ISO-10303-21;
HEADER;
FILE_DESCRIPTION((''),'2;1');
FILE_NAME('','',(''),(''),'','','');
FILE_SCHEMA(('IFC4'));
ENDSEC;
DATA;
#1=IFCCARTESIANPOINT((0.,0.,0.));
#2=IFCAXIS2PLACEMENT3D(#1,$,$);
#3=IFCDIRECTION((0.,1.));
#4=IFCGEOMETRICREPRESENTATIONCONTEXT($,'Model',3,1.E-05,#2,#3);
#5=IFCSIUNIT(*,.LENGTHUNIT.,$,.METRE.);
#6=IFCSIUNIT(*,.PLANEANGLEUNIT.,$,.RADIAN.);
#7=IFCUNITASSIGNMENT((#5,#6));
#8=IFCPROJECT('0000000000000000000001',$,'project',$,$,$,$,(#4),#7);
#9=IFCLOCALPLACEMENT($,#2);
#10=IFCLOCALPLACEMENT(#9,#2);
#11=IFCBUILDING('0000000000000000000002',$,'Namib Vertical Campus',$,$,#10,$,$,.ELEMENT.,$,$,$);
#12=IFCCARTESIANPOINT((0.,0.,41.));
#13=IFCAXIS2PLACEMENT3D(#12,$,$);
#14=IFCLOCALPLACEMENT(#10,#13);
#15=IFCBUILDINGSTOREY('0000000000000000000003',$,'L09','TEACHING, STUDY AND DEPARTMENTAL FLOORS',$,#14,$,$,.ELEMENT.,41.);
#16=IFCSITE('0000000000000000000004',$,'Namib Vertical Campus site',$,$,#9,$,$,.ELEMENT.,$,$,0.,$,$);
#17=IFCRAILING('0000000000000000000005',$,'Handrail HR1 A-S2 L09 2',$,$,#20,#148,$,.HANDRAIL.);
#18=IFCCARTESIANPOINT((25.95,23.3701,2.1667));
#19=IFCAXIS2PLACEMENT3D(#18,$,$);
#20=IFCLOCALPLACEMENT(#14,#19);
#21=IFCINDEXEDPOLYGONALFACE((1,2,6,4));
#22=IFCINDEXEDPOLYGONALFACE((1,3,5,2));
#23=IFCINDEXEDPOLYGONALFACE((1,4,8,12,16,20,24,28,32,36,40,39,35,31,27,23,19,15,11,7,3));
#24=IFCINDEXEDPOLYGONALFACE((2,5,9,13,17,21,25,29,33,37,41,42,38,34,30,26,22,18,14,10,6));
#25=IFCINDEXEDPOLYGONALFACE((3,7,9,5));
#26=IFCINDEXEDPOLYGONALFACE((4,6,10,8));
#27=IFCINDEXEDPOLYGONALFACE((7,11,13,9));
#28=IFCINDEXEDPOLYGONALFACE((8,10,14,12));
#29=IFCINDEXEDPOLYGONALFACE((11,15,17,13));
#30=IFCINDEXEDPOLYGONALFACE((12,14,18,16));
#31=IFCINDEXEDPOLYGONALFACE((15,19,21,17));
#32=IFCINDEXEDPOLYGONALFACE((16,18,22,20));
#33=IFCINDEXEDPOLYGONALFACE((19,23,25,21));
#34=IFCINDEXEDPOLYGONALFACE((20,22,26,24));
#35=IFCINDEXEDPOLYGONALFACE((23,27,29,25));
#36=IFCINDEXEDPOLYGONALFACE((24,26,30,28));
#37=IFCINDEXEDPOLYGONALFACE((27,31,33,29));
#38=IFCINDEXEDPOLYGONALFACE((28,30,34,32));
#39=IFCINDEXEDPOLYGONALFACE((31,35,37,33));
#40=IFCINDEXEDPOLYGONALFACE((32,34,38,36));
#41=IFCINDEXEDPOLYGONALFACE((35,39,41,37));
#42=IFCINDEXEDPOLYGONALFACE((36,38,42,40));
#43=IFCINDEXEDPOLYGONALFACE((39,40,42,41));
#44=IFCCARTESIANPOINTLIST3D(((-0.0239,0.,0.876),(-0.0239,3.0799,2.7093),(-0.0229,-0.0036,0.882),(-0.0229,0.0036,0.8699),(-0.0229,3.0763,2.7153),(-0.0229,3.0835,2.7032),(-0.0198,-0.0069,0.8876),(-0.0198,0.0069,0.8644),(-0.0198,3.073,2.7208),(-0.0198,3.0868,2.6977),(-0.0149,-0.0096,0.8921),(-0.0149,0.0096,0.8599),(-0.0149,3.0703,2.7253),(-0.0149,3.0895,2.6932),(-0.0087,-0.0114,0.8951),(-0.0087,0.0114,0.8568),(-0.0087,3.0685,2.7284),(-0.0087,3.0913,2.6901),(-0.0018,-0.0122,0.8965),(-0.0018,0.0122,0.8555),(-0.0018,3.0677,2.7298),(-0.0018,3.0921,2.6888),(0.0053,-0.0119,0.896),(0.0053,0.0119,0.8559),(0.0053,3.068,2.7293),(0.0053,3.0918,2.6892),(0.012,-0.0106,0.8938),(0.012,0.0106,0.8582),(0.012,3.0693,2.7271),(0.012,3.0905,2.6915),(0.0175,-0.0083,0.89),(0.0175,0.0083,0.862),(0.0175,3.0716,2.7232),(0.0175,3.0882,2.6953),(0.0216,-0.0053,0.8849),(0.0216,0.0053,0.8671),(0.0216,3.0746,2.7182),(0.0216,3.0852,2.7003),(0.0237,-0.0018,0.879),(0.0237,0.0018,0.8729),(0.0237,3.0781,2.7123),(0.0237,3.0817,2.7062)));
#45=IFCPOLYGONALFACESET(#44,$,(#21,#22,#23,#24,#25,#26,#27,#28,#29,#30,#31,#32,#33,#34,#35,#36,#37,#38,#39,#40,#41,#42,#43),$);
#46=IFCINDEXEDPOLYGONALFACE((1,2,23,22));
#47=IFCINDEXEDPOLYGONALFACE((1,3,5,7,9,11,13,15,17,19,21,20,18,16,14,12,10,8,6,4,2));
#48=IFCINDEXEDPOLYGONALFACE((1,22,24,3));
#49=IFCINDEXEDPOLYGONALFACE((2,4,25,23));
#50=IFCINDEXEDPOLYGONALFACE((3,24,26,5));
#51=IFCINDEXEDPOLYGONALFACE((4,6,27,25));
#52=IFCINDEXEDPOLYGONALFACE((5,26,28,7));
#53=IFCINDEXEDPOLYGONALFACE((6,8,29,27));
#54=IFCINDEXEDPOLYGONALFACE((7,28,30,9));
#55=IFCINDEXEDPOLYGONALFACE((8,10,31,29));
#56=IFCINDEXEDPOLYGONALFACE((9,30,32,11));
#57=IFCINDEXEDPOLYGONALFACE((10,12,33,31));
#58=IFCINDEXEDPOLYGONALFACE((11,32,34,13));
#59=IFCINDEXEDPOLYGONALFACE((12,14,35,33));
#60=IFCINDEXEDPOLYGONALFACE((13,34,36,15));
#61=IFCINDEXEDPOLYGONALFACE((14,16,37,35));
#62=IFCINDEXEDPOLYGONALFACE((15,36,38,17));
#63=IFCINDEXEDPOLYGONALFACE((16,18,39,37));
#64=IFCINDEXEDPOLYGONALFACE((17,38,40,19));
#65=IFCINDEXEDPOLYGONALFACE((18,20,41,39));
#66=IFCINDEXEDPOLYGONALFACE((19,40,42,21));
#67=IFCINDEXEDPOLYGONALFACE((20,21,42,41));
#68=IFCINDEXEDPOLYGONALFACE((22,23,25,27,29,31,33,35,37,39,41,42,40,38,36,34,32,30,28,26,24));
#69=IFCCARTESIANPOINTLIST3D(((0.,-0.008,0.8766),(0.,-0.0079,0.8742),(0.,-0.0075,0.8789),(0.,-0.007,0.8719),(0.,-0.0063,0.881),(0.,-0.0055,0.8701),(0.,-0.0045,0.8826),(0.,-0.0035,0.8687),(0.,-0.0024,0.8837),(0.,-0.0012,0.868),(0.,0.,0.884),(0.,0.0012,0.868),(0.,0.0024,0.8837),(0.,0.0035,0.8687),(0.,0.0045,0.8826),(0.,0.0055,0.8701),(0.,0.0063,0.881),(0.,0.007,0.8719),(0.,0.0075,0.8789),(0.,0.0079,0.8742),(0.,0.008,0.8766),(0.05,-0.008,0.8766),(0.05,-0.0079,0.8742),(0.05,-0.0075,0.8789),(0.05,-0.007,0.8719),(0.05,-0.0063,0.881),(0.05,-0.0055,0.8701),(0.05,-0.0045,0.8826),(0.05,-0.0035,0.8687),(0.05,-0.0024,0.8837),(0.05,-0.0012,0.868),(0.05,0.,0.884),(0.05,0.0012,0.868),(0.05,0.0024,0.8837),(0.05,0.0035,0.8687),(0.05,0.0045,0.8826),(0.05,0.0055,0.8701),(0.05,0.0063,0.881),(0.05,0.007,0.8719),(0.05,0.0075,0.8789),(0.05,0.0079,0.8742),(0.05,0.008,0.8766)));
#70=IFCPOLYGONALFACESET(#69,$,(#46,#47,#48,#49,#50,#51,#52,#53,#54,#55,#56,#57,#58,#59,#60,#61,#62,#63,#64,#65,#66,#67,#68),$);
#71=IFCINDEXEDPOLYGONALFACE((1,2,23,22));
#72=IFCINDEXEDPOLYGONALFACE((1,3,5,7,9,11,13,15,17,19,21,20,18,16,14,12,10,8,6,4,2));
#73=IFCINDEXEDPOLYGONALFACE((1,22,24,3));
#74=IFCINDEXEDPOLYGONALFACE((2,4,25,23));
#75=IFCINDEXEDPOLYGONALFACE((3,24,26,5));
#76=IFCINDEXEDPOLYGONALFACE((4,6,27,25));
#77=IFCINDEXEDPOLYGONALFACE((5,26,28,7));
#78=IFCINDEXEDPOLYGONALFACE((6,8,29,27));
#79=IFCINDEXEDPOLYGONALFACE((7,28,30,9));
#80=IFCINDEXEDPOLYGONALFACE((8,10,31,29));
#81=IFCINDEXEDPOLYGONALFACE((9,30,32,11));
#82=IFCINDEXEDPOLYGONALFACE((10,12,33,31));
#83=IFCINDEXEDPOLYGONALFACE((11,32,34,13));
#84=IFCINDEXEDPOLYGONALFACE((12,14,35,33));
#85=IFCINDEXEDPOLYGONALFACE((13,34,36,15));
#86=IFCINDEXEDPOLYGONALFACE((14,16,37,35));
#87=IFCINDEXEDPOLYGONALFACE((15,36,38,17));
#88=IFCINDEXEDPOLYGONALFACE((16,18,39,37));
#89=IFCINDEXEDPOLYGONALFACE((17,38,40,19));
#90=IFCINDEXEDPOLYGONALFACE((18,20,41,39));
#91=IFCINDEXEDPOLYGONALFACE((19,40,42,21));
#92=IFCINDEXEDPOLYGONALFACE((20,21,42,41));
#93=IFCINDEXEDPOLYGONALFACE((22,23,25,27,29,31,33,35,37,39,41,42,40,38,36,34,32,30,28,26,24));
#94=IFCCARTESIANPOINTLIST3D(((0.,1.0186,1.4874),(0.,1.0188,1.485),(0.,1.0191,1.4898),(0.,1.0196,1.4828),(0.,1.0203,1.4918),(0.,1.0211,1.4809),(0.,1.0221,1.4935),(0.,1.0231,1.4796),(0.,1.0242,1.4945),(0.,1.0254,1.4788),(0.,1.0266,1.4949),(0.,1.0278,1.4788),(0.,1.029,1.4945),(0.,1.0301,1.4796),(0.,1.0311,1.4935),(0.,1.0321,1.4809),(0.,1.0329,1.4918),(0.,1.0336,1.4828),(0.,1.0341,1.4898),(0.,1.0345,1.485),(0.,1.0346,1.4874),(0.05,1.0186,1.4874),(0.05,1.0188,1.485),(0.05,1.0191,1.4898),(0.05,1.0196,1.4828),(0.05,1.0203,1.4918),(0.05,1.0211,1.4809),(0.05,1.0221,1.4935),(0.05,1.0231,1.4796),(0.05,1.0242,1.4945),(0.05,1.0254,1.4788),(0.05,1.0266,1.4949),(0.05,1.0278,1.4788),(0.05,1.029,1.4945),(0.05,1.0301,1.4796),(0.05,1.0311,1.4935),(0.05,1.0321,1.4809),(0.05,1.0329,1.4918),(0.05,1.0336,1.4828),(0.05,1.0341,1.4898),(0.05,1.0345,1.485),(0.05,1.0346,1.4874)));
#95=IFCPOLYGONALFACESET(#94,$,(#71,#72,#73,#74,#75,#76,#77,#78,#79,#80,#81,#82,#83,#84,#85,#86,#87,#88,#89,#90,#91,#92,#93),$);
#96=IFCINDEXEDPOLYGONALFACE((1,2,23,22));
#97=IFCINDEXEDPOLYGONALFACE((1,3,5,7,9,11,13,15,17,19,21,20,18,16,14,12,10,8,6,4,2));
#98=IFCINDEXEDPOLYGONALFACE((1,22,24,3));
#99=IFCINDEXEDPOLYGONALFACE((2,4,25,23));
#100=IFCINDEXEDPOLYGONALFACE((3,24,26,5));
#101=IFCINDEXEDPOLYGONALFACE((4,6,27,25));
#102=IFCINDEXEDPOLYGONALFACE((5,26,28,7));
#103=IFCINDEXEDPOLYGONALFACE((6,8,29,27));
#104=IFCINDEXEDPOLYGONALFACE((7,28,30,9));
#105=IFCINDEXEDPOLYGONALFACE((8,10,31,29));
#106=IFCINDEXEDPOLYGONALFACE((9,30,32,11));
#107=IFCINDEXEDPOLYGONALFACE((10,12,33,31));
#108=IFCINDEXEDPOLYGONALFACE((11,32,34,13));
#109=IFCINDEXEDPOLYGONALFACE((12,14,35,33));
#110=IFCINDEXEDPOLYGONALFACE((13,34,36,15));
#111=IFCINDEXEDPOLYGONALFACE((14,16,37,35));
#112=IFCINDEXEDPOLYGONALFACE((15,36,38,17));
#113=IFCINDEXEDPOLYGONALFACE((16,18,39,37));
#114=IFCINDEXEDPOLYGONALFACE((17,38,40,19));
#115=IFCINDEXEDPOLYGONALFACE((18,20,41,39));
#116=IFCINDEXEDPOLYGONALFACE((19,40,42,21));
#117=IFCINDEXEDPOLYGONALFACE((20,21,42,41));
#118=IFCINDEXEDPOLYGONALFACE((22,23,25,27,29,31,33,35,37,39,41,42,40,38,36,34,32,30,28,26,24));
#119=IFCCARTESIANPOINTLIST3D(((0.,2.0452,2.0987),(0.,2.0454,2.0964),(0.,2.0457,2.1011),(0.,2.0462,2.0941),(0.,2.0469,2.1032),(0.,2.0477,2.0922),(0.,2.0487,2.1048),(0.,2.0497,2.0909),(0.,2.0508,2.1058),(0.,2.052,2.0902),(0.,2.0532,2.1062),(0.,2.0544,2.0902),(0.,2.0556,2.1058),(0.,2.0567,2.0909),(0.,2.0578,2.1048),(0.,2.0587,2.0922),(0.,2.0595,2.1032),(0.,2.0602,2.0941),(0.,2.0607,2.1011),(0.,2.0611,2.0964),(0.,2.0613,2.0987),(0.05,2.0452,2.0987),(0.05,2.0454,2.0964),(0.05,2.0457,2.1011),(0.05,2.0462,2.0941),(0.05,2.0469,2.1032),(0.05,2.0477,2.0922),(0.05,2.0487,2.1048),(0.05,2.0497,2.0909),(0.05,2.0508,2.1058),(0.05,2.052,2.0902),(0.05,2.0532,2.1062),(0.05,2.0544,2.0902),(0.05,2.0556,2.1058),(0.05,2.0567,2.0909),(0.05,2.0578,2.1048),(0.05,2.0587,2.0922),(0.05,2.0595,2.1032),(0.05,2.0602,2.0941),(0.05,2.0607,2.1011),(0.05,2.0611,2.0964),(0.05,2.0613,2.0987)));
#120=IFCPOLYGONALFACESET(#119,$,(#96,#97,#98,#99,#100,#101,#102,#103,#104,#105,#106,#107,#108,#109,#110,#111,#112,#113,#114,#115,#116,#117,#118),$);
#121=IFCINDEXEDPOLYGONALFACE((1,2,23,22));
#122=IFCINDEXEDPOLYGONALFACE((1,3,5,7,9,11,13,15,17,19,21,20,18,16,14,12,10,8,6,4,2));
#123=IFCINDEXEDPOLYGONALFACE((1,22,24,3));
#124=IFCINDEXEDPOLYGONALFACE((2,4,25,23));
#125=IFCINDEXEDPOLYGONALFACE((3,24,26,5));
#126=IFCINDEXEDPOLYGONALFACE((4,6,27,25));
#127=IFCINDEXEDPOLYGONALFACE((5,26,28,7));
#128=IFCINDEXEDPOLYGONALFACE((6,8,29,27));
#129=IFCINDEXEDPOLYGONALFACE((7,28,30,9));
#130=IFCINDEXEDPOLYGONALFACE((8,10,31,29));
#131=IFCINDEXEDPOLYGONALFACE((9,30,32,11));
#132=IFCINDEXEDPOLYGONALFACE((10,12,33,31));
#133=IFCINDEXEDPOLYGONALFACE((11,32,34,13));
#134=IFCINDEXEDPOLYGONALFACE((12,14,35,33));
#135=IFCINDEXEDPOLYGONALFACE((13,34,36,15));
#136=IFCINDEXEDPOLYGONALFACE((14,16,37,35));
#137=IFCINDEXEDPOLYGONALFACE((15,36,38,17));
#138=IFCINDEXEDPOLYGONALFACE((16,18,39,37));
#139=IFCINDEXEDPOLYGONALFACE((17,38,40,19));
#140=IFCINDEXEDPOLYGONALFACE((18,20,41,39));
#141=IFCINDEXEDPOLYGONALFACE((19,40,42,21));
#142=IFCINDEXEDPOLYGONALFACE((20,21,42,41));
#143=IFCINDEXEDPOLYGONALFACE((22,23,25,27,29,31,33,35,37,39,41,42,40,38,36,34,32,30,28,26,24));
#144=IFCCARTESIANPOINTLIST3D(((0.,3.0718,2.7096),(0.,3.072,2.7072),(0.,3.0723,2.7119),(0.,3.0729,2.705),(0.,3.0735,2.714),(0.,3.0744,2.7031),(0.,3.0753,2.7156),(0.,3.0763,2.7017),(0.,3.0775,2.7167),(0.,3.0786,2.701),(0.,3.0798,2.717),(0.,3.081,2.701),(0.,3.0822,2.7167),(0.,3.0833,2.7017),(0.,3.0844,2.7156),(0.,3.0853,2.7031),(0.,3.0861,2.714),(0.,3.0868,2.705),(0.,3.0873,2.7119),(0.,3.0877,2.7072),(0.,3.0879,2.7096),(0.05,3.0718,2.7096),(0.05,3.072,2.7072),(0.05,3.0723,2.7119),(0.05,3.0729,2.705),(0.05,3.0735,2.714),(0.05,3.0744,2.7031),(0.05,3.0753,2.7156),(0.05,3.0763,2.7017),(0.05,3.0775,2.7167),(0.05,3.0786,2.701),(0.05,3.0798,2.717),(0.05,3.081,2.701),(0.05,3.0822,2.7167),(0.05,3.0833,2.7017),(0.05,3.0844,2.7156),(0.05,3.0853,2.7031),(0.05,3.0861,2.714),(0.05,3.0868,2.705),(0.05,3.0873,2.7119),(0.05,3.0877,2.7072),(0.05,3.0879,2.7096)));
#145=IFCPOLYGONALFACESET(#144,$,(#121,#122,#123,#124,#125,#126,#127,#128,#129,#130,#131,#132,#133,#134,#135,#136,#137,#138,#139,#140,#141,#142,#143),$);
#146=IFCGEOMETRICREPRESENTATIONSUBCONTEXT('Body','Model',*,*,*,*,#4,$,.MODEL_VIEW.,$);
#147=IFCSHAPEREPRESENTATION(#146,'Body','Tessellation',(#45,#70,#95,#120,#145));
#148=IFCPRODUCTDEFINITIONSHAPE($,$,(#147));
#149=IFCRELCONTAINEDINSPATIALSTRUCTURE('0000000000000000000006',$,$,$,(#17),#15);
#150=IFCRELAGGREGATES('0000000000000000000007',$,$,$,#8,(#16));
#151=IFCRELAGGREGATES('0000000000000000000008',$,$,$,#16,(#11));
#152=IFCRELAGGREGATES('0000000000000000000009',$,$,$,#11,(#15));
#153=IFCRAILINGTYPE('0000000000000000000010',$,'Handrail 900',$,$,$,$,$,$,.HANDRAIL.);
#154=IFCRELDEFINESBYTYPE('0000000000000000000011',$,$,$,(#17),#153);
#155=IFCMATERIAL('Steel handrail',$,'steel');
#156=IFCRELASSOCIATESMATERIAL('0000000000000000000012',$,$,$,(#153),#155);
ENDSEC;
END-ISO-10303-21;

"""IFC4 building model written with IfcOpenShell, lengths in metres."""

from ifc_helpers import new_model, si_unit, direction, frame, origin, origin_2d, place, context, subcontext, project, spatial, circle, extrude, material, type_object, element, save


model = new_model("IFC4")

# Units and contexts
model_context = context("Model", 3, precision=1e-05, world=origin(), true_north=direction((0.0, 1.0)))
body_context = subcontext(model_context, "Body", "Model", "MODEL_VIEW")
ifc_project = project(units=[si_unit("LENGTHUNIT", "METRE"), si_unit("PLANEANGLEUNIT", "RADIAN")], contexts=[model_context])

# Site, building, storey
site_placement = place(None, origin())
site = spatial("IfcSite", under=ifc_project, at=site_placement, Name="Namib Vertical Campus site", CompositionType="ELEMENT", RefElevation=0.0)
building_placement = place(site_placement, origin())
building = spatial("IfcBuilding", under=site, at=building_placement, Name="Namib Vertical Campus", CompositionType="ELEMENT")
storey_placement = place(building_placement, frame((0.0, 0.0, 41.0)))
storey = spatial("IfcBuildingStorey", under=building, at=storey_placement, Name="L09", Description="TEACHING, STUDY AND DEPARTMENTAL FLOORS", CompositionType="ELEMENT", Elevation=41.0)

# Railing
ifc_material_1 = material(Name="Steel handrail", Category="steel")
railing_type_1 = type_object("IfcRailingType", Name="Handrail 900", PredefinedType="HANDRAIL", material=ifc_material_1)
railing_1_placement = place(storey_placement, frame((25.95, 23.3701, 2.1667)))
element("IfcRailing", 1, at=railing_1_placement, inside=storey, type_object=railing_type_1, Name="Handrail HR1 A-S2 L09 2", PredefinedType="HANDRAIL", context=body_context, shape_type="SweptSolid", body=[
    extrude(circle(Radius=0.0239, at=origin_2d()), frame((0.0, 0.0, 0.876), z_axis=(0.0, 0.859291, 0.511487), x_axis=(-1.0, 0.0, 0.0)), (0.0, 0.0, 1.0), 3.5842),
    extrude(circle(Radius=0.0081, at=origin_2d()), frame((0.0, 0.0, 0.876), z_axis=(1.0, 0.0, 0.0), x_axis=(0.0, 0.0, 1.0)), (0.0, 0.0, 1.0), 0.05),
    extrude(circle(Radius=0.0081, at=origin_2d()), frame((0.0, 1.0266, 1.4868), z_axis=(1.0, 0.0, 0.0), x_axis=(0.0, 0.0, 1.0)), (0.0, 0.0, 1.0), 0.05),
    extrude(circle(Radius=0.0081, at=origin_2d()), frame((0.0, 2.0532, 2.0981), z_axis=(1.0, 0.0, 0.0), x_axis=(0.0, 0.0, 1.0)), (0.0, 0.0, 1.0), 0.05),
    extrude(circle(Radius=0.0081, at=origin_2d()), frame((0.0, 3.0798, 2.709), z_axis=(1.0, 0.0, 0.0), x_axis=(0.0, 0.0, 1.0)), (0.0, 0.0, 1.0), 0.05),
])

save(model, "model.ifc")
